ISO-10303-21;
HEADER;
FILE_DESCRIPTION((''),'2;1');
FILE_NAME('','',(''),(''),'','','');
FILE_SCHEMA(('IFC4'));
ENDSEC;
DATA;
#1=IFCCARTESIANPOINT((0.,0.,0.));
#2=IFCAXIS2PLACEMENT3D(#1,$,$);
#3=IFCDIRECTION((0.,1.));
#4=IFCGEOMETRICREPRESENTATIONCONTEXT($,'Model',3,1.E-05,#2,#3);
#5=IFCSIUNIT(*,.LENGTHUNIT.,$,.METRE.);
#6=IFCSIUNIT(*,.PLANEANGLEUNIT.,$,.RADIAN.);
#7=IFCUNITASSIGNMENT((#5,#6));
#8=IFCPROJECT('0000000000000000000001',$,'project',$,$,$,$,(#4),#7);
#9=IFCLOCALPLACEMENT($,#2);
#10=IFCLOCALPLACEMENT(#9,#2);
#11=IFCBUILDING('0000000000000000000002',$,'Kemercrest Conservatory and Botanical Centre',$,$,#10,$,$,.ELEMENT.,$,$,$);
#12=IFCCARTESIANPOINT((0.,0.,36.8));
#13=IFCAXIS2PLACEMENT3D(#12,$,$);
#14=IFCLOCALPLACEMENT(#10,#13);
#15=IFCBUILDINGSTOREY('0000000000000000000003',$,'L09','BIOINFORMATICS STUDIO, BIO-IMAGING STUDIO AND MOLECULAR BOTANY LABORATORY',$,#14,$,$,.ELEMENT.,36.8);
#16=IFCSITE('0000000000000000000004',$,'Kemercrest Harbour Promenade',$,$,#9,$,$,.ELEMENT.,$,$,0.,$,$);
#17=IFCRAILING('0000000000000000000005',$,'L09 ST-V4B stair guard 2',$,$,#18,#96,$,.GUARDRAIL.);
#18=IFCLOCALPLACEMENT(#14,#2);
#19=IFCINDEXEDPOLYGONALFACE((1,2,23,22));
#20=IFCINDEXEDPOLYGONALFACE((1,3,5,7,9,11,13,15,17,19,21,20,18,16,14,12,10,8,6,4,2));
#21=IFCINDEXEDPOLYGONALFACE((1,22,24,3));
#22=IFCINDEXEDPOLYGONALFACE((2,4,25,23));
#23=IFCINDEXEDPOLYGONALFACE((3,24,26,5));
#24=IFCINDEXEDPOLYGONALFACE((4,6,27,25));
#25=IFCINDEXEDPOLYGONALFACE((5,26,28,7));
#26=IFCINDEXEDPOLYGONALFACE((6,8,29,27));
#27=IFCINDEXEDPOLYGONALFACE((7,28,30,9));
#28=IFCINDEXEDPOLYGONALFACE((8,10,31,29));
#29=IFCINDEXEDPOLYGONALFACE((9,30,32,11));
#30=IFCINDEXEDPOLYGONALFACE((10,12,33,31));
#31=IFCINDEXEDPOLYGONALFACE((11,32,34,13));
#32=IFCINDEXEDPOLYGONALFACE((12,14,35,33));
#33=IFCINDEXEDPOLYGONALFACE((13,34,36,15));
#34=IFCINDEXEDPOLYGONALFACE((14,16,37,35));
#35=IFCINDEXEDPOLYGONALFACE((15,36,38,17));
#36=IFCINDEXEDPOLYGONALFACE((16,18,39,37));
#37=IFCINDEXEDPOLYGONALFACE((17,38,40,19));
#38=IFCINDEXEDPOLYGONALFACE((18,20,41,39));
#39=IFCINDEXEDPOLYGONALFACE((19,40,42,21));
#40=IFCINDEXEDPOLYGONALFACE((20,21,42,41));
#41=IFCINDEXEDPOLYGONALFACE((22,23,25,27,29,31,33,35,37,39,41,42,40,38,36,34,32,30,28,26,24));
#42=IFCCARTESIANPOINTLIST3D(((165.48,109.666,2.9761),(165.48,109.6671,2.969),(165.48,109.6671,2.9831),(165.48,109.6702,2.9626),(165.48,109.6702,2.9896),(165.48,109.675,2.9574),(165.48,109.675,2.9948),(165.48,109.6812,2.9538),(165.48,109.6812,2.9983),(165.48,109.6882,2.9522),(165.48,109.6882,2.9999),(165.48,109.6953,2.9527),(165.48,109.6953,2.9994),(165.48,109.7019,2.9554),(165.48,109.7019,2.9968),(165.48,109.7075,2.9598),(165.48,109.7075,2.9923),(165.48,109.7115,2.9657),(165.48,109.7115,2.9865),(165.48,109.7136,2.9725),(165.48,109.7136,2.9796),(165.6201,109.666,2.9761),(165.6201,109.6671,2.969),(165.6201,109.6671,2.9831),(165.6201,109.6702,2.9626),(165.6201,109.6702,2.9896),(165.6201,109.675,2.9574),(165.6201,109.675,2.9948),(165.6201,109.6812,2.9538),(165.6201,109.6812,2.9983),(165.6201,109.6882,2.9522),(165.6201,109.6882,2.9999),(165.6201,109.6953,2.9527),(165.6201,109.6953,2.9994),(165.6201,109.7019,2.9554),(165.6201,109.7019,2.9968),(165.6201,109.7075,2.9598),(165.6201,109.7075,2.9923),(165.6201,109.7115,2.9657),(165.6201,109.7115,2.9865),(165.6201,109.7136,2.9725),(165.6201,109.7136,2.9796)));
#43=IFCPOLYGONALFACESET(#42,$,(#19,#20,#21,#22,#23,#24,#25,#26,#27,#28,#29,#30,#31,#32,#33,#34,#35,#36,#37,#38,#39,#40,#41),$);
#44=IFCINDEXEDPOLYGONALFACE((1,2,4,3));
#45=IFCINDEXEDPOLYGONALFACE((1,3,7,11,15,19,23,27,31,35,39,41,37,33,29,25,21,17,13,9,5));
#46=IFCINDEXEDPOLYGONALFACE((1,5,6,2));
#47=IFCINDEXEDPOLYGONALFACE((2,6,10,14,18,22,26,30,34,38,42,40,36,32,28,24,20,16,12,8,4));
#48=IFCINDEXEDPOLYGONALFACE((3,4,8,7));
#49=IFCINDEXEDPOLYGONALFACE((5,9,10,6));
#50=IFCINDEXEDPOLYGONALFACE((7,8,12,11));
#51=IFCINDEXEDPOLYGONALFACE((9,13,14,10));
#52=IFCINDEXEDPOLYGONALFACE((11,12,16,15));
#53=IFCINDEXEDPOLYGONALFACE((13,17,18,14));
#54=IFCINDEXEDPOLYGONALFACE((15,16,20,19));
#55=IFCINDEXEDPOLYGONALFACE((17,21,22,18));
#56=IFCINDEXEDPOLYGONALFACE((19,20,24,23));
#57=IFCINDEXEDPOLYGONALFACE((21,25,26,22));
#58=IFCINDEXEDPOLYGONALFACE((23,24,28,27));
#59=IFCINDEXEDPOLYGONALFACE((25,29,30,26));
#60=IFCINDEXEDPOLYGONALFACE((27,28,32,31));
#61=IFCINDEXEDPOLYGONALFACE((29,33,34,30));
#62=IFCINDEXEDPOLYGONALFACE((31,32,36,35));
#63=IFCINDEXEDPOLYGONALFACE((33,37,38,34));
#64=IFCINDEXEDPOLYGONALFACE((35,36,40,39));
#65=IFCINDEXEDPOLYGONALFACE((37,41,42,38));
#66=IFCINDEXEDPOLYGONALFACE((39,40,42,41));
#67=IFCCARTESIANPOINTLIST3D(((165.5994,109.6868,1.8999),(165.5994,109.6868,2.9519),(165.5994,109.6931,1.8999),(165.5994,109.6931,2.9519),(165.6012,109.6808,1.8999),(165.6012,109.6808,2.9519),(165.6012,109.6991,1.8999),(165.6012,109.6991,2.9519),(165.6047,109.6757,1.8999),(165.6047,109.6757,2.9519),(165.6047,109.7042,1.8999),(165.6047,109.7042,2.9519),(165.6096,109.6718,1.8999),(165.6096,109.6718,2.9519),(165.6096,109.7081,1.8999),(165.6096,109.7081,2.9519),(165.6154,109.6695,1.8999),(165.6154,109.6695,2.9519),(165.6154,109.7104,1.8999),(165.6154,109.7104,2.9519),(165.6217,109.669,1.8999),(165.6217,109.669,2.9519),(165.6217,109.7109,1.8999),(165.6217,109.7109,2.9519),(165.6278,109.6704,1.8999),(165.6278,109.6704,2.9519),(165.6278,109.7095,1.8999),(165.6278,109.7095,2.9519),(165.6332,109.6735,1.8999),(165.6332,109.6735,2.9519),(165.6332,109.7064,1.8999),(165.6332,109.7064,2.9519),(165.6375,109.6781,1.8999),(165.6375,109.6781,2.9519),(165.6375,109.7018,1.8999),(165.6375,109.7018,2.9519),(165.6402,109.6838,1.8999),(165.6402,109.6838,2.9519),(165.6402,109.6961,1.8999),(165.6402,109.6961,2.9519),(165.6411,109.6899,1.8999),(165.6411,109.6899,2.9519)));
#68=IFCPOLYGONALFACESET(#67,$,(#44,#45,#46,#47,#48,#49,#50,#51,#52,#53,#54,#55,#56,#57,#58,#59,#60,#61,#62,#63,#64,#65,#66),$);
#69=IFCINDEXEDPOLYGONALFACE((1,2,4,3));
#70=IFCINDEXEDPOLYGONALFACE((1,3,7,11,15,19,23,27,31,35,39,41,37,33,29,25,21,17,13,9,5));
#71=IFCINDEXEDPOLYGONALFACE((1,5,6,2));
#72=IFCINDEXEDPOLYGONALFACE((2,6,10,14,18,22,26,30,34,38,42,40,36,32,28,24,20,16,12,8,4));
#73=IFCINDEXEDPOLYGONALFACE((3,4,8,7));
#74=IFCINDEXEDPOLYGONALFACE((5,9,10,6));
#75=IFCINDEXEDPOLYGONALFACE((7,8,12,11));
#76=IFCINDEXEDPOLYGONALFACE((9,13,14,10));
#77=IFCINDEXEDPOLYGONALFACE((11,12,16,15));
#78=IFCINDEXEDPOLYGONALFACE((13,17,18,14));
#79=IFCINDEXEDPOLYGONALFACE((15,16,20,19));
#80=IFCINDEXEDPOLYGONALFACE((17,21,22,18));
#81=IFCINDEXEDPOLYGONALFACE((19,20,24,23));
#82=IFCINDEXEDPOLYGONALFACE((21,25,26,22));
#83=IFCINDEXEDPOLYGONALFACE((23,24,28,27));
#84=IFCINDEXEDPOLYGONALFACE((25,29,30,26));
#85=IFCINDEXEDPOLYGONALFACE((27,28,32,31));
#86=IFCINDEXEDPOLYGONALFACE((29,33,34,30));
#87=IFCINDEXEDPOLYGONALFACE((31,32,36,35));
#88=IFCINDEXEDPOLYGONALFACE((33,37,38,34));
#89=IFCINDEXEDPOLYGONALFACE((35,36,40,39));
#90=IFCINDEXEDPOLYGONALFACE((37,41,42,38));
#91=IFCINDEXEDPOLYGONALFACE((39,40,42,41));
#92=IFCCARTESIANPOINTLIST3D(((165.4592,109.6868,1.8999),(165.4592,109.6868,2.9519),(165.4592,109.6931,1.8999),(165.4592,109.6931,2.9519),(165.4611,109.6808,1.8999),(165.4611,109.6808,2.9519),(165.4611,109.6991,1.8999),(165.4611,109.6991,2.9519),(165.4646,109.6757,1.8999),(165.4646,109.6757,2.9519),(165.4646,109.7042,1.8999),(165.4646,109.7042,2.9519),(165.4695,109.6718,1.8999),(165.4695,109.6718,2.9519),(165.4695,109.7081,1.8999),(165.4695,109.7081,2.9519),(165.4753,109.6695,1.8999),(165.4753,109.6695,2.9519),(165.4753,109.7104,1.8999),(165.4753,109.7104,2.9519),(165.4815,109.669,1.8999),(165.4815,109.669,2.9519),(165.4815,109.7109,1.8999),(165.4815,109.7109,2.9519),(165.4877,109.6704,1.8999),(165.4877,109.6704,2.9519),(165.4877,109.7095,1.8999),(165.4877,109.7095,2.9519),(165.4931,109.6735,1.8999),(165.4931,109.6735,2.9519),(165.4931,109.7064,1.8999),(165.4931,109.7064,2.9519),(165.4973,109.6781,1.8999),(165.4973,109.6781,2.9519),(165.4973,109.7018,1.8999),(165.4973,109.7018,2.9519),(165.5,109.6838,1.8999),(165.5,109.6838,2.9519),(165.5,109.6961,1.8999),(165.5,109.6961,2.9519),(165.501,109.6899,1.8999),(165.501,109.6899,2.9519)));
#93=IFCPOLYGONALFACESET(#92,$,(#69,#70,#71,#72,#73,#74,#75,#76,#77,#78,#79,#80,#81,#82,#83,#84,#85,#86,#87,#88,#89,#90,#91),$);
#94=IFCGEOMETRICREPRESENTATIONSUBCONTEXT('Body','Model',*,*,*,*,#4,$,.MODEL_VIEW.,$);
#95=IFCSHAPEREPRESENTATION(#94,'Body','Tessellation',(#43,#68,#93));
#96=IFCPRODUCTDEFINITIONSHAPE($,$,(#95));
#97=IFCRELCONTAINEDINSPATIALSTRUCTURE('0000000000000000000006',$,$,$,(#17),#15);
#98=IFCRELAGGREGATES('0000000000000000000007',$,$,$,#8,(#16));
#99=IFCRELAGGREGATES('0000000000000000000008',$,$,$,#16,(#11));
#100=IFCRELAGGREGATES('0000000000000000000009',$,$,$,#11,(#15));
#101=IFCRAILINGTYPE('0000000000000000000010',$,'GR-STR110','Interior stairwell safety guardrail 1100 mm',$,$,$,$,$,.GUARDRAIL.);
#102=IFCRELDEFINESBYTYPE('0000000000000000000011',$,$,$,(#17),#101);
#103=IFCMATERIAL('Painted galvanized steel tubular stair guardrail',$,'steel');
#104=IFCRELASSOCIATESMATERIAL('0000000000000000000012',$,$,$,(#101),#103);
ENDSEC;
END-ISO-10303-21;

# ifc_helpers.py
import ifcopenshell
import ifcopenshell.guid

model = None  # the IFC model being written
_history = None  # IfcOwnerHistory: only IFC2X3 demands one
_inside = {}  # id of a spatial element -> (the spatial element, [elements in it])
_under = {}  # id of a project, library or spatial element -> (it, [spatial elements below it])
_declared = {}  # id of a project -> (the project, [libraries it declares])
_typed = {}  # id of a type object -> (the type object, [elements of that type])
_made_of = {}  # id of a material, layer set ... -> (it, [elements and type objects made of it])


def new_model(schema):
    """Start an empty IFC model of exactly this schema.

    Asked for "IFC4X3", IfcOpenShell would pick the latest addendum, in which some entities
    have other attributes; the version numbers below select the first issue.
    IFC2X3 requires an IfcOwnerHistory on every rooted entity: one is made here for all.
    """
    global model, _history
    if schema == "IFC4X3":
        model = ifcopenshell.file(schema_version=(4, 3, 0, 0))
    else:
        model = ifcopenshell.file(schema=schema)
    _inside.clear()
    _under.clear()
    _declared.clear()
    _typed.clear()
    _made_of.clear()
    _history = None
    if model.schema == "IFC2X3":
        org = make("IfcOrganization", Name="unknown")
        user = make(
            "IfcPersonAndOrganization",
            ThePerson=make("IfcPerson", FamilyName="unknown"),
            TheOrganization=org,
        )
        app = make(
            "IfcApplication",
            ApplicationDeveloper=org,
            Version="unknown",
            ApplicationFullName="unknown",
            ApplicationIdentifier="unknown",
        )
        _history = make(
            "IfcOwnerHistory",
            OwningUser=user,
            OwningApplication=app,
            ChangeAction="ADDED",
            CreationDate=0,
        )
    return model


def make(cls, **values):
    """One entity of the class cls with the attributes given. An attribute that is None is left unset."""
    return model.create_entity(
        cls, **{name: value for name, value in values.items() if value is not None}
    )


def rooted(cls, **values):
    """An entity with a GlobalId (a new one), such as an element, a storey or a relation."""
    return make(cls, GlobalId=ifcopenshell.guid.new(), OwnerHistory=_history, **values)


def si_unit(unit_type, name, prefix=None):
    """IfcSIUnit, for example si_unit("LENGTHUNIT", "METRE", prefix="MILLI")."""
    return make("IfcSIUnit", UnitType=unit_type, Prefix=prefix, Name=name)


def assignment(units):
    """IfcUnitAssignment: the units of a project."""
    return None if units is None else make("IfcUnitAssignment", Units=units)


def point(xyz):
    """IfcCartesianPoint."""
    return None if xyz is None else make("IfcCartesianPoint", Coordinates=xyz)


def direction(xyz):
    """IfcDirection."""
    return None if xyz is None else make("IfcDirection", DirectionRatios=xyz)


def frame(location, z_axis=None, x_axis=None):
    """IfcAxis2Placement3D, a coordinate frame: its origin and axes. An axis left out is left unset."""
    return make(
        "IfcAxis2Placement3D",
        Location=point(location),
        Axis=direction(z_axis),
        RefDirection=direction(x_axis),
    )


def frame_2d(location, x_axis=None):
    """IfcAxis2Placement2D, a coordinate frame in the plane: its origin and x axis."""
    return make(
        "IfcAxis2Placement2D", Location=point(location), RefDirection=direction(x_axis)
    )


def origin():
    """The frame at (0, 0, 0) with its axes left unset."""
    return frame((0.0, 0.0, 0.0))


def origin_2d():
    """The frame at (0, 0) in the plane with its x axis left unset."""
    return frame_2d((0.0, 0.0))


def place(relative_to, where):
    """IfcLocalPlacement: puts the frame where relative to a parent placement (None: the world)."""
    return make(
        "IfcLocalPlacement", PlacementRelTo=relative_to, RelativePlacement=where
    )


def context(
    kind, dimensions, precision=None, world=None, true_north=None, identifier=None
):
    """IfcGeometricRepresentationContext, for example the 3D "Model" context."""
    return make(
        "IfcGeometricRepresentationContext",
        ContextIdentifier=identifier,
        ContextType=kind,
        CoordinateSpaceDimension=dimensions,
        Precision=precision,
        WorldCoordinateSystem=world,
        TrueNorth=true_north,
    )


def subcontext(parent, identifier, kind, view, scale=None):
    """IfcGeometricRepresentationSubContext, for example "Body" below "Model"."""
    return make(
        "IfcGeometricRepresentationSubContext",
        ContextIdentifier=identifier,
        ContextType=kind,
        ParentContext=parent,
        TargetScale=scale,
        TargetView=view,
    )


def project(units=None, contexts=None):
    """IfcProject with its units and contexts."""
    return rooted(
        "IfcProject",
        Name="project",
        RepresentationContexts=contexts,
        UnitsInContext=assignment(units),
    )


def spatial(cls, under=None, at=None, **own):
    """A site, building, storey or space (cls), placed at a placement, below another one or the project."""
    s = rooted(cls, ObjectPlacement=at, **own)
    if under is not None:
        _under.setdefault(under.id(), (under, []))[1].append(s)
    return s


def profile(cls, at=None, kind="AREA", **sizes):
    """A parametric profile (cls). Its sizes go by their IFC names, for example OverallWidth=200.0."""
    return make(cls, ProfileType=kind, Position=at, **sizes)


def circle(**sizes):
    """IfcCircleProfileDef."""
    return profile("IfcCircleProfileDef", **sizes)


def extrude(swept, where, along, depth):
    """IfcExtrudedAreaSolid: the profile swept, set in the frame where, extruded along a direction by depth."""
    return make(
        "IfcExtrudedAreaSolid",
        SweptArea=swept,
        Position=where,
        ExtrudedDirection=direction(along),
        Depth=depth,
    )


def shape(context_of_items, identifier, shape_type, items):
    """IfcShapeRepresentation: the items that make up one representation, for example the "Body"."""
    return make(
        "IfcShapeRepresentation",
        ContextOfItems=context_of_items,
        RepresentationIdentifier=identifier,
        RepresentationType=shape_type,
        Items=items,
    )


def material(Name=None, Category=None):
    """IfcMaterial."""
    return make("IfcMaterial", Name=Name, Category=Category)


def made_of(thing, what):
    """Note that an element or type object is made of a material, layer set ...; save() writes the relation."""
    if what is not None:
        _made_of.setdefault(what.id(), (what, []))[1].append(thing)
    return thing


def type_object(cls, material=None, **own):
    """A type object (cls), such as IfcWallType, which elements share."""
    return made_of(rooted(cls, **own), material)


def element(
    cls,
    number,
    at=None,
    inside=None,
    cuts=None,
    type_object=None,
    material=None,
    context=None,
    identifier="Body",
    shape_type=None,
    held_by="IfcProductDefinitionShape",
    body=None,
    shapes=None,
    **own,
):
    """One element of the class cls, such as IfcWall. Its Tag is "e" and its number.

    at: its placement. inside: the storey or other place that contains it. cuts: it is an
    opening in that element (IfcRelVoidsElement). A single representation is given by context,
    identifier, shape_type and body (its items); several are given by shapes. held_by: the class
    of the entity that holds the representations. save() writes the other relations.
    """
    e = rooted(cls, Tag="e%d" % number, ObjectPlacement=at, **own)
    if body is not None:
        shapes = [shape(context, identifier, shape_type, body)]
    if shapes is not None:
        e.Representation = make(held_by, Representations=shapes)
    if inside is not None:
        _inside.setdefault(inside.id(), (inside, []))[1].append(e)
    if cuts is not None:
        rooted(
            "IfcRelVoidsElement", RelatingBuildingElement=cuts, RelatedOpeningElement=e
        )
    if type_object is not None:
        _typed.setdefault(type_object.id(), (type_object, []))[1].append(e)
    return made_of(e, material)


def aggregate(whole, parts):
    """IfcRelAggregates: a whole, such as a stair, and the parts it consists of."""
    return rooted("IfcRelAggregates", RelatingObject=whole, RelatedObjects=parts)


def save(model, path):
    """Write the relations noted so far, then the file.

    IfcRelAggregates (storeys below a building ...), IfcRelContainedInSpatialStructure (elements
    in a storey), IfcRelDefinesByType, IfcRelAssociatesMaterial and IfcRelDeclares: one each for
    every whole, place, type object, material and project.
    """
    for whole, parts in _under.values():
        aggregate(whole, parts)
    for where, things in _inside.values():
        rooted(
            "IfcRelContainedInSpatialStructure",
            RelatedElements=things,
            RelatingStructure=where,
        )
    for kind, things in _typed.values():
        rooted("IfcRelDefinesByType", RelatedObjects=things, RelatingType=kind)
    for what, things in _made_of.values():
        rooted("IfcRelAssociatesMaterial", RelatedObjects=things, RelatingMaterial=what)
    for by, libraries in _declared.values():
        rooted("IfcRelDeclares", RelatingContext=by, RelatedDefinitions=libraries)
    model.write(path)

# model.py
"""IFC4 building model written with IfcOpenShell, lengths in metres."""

from ifc_helpers import new_model, si_unit, direction, frame, origin, origin_2d, place, context, subcontext, project, spatial, circle, extrude, material, type_object, element, save


model = new_model("IFC4")

# Units and contexts
model_context = context("Model", 3, precision=1e-05, world=origin(), true_north=direction((0.0, 1.0)))
body_context = subcontext(model_context, "Body", "Model", "MODEL_VIEW")
ifc_project = project(units=[si_unit("LENGTHUNIT", "METRE"), si_unit("PLANEANGLEUNIT", "RADIAN")], contexts=[model_context])

# Site, building, storey
site_placement = place(None, origin())
site = spatial("IfcSite", under=ifc_project, at=site_placement, Name="Kemercrest Harbour Promenade", CompositionType="ELEMENT", RefElevation=0.0)
building_placement = place(site_placement, origin())
building = spatial("IfcBuilding", under=site, at=building_placement, Name="Kemercrest Conservatory and Botanical Centre", CompositionType="ELEMENT")
storey_placement = place(building_placement, frame((0.0, 0.0, 36.8)))
storey = spatial("IfcBuildingStorey", under=building, at=storey_placement, Name="L09", Description="BIOINFORMATICS STUDIO, BIO-IMAGING STUDIO AND MOLECULAR BOTANY LABORATORY", CompositionType="ELEMENT", Elevation=36.8)

# Railing
ifc_material_1 = material(Name="Painted galvanized steel tubular stair guardrail", Category="steel")
railing_type_1 = type_object("IfcRailingType", Name="GR-STR110", Description="Interior stairwell safety guardrail 1100 mm", PredefinedType="GUARDRAIL", material=ifc_material_1)
railing_1_placement = place(storey_placement, frame((165.6201, 109.6899, 1.8999)))
element("IfcRailing", 1, at=railing_1_placement, inside=storey, type_object=railing_type_1, Name="L09 ST-V4B stair guard 2", PredefinedType="GUARDRAIL", context=body_context, shape_type="SweptSolid", body=[
    extrude(circle(Radius=0.0239, at=origin_2d()), frame((0.0, 0.0, 1.0762), z_axis=(-1.0, 0.0, 0.0), x_axis=(0.0, -1.0, 0.0)), (0.0, 0.0, 1.0), 0.1401),
    extrude(circle(Radius=0.021, at=origin_2d()), origin(), (0.0, 0.0, 1.0), 1.052),
    extrude(circle(Radius=0.021, at=origin_2d()), frame((-0.1401, 0.0, 0.0)), (0.0, 0.0, 1.0), 1.052),
])

save(model, "model.ifc")
